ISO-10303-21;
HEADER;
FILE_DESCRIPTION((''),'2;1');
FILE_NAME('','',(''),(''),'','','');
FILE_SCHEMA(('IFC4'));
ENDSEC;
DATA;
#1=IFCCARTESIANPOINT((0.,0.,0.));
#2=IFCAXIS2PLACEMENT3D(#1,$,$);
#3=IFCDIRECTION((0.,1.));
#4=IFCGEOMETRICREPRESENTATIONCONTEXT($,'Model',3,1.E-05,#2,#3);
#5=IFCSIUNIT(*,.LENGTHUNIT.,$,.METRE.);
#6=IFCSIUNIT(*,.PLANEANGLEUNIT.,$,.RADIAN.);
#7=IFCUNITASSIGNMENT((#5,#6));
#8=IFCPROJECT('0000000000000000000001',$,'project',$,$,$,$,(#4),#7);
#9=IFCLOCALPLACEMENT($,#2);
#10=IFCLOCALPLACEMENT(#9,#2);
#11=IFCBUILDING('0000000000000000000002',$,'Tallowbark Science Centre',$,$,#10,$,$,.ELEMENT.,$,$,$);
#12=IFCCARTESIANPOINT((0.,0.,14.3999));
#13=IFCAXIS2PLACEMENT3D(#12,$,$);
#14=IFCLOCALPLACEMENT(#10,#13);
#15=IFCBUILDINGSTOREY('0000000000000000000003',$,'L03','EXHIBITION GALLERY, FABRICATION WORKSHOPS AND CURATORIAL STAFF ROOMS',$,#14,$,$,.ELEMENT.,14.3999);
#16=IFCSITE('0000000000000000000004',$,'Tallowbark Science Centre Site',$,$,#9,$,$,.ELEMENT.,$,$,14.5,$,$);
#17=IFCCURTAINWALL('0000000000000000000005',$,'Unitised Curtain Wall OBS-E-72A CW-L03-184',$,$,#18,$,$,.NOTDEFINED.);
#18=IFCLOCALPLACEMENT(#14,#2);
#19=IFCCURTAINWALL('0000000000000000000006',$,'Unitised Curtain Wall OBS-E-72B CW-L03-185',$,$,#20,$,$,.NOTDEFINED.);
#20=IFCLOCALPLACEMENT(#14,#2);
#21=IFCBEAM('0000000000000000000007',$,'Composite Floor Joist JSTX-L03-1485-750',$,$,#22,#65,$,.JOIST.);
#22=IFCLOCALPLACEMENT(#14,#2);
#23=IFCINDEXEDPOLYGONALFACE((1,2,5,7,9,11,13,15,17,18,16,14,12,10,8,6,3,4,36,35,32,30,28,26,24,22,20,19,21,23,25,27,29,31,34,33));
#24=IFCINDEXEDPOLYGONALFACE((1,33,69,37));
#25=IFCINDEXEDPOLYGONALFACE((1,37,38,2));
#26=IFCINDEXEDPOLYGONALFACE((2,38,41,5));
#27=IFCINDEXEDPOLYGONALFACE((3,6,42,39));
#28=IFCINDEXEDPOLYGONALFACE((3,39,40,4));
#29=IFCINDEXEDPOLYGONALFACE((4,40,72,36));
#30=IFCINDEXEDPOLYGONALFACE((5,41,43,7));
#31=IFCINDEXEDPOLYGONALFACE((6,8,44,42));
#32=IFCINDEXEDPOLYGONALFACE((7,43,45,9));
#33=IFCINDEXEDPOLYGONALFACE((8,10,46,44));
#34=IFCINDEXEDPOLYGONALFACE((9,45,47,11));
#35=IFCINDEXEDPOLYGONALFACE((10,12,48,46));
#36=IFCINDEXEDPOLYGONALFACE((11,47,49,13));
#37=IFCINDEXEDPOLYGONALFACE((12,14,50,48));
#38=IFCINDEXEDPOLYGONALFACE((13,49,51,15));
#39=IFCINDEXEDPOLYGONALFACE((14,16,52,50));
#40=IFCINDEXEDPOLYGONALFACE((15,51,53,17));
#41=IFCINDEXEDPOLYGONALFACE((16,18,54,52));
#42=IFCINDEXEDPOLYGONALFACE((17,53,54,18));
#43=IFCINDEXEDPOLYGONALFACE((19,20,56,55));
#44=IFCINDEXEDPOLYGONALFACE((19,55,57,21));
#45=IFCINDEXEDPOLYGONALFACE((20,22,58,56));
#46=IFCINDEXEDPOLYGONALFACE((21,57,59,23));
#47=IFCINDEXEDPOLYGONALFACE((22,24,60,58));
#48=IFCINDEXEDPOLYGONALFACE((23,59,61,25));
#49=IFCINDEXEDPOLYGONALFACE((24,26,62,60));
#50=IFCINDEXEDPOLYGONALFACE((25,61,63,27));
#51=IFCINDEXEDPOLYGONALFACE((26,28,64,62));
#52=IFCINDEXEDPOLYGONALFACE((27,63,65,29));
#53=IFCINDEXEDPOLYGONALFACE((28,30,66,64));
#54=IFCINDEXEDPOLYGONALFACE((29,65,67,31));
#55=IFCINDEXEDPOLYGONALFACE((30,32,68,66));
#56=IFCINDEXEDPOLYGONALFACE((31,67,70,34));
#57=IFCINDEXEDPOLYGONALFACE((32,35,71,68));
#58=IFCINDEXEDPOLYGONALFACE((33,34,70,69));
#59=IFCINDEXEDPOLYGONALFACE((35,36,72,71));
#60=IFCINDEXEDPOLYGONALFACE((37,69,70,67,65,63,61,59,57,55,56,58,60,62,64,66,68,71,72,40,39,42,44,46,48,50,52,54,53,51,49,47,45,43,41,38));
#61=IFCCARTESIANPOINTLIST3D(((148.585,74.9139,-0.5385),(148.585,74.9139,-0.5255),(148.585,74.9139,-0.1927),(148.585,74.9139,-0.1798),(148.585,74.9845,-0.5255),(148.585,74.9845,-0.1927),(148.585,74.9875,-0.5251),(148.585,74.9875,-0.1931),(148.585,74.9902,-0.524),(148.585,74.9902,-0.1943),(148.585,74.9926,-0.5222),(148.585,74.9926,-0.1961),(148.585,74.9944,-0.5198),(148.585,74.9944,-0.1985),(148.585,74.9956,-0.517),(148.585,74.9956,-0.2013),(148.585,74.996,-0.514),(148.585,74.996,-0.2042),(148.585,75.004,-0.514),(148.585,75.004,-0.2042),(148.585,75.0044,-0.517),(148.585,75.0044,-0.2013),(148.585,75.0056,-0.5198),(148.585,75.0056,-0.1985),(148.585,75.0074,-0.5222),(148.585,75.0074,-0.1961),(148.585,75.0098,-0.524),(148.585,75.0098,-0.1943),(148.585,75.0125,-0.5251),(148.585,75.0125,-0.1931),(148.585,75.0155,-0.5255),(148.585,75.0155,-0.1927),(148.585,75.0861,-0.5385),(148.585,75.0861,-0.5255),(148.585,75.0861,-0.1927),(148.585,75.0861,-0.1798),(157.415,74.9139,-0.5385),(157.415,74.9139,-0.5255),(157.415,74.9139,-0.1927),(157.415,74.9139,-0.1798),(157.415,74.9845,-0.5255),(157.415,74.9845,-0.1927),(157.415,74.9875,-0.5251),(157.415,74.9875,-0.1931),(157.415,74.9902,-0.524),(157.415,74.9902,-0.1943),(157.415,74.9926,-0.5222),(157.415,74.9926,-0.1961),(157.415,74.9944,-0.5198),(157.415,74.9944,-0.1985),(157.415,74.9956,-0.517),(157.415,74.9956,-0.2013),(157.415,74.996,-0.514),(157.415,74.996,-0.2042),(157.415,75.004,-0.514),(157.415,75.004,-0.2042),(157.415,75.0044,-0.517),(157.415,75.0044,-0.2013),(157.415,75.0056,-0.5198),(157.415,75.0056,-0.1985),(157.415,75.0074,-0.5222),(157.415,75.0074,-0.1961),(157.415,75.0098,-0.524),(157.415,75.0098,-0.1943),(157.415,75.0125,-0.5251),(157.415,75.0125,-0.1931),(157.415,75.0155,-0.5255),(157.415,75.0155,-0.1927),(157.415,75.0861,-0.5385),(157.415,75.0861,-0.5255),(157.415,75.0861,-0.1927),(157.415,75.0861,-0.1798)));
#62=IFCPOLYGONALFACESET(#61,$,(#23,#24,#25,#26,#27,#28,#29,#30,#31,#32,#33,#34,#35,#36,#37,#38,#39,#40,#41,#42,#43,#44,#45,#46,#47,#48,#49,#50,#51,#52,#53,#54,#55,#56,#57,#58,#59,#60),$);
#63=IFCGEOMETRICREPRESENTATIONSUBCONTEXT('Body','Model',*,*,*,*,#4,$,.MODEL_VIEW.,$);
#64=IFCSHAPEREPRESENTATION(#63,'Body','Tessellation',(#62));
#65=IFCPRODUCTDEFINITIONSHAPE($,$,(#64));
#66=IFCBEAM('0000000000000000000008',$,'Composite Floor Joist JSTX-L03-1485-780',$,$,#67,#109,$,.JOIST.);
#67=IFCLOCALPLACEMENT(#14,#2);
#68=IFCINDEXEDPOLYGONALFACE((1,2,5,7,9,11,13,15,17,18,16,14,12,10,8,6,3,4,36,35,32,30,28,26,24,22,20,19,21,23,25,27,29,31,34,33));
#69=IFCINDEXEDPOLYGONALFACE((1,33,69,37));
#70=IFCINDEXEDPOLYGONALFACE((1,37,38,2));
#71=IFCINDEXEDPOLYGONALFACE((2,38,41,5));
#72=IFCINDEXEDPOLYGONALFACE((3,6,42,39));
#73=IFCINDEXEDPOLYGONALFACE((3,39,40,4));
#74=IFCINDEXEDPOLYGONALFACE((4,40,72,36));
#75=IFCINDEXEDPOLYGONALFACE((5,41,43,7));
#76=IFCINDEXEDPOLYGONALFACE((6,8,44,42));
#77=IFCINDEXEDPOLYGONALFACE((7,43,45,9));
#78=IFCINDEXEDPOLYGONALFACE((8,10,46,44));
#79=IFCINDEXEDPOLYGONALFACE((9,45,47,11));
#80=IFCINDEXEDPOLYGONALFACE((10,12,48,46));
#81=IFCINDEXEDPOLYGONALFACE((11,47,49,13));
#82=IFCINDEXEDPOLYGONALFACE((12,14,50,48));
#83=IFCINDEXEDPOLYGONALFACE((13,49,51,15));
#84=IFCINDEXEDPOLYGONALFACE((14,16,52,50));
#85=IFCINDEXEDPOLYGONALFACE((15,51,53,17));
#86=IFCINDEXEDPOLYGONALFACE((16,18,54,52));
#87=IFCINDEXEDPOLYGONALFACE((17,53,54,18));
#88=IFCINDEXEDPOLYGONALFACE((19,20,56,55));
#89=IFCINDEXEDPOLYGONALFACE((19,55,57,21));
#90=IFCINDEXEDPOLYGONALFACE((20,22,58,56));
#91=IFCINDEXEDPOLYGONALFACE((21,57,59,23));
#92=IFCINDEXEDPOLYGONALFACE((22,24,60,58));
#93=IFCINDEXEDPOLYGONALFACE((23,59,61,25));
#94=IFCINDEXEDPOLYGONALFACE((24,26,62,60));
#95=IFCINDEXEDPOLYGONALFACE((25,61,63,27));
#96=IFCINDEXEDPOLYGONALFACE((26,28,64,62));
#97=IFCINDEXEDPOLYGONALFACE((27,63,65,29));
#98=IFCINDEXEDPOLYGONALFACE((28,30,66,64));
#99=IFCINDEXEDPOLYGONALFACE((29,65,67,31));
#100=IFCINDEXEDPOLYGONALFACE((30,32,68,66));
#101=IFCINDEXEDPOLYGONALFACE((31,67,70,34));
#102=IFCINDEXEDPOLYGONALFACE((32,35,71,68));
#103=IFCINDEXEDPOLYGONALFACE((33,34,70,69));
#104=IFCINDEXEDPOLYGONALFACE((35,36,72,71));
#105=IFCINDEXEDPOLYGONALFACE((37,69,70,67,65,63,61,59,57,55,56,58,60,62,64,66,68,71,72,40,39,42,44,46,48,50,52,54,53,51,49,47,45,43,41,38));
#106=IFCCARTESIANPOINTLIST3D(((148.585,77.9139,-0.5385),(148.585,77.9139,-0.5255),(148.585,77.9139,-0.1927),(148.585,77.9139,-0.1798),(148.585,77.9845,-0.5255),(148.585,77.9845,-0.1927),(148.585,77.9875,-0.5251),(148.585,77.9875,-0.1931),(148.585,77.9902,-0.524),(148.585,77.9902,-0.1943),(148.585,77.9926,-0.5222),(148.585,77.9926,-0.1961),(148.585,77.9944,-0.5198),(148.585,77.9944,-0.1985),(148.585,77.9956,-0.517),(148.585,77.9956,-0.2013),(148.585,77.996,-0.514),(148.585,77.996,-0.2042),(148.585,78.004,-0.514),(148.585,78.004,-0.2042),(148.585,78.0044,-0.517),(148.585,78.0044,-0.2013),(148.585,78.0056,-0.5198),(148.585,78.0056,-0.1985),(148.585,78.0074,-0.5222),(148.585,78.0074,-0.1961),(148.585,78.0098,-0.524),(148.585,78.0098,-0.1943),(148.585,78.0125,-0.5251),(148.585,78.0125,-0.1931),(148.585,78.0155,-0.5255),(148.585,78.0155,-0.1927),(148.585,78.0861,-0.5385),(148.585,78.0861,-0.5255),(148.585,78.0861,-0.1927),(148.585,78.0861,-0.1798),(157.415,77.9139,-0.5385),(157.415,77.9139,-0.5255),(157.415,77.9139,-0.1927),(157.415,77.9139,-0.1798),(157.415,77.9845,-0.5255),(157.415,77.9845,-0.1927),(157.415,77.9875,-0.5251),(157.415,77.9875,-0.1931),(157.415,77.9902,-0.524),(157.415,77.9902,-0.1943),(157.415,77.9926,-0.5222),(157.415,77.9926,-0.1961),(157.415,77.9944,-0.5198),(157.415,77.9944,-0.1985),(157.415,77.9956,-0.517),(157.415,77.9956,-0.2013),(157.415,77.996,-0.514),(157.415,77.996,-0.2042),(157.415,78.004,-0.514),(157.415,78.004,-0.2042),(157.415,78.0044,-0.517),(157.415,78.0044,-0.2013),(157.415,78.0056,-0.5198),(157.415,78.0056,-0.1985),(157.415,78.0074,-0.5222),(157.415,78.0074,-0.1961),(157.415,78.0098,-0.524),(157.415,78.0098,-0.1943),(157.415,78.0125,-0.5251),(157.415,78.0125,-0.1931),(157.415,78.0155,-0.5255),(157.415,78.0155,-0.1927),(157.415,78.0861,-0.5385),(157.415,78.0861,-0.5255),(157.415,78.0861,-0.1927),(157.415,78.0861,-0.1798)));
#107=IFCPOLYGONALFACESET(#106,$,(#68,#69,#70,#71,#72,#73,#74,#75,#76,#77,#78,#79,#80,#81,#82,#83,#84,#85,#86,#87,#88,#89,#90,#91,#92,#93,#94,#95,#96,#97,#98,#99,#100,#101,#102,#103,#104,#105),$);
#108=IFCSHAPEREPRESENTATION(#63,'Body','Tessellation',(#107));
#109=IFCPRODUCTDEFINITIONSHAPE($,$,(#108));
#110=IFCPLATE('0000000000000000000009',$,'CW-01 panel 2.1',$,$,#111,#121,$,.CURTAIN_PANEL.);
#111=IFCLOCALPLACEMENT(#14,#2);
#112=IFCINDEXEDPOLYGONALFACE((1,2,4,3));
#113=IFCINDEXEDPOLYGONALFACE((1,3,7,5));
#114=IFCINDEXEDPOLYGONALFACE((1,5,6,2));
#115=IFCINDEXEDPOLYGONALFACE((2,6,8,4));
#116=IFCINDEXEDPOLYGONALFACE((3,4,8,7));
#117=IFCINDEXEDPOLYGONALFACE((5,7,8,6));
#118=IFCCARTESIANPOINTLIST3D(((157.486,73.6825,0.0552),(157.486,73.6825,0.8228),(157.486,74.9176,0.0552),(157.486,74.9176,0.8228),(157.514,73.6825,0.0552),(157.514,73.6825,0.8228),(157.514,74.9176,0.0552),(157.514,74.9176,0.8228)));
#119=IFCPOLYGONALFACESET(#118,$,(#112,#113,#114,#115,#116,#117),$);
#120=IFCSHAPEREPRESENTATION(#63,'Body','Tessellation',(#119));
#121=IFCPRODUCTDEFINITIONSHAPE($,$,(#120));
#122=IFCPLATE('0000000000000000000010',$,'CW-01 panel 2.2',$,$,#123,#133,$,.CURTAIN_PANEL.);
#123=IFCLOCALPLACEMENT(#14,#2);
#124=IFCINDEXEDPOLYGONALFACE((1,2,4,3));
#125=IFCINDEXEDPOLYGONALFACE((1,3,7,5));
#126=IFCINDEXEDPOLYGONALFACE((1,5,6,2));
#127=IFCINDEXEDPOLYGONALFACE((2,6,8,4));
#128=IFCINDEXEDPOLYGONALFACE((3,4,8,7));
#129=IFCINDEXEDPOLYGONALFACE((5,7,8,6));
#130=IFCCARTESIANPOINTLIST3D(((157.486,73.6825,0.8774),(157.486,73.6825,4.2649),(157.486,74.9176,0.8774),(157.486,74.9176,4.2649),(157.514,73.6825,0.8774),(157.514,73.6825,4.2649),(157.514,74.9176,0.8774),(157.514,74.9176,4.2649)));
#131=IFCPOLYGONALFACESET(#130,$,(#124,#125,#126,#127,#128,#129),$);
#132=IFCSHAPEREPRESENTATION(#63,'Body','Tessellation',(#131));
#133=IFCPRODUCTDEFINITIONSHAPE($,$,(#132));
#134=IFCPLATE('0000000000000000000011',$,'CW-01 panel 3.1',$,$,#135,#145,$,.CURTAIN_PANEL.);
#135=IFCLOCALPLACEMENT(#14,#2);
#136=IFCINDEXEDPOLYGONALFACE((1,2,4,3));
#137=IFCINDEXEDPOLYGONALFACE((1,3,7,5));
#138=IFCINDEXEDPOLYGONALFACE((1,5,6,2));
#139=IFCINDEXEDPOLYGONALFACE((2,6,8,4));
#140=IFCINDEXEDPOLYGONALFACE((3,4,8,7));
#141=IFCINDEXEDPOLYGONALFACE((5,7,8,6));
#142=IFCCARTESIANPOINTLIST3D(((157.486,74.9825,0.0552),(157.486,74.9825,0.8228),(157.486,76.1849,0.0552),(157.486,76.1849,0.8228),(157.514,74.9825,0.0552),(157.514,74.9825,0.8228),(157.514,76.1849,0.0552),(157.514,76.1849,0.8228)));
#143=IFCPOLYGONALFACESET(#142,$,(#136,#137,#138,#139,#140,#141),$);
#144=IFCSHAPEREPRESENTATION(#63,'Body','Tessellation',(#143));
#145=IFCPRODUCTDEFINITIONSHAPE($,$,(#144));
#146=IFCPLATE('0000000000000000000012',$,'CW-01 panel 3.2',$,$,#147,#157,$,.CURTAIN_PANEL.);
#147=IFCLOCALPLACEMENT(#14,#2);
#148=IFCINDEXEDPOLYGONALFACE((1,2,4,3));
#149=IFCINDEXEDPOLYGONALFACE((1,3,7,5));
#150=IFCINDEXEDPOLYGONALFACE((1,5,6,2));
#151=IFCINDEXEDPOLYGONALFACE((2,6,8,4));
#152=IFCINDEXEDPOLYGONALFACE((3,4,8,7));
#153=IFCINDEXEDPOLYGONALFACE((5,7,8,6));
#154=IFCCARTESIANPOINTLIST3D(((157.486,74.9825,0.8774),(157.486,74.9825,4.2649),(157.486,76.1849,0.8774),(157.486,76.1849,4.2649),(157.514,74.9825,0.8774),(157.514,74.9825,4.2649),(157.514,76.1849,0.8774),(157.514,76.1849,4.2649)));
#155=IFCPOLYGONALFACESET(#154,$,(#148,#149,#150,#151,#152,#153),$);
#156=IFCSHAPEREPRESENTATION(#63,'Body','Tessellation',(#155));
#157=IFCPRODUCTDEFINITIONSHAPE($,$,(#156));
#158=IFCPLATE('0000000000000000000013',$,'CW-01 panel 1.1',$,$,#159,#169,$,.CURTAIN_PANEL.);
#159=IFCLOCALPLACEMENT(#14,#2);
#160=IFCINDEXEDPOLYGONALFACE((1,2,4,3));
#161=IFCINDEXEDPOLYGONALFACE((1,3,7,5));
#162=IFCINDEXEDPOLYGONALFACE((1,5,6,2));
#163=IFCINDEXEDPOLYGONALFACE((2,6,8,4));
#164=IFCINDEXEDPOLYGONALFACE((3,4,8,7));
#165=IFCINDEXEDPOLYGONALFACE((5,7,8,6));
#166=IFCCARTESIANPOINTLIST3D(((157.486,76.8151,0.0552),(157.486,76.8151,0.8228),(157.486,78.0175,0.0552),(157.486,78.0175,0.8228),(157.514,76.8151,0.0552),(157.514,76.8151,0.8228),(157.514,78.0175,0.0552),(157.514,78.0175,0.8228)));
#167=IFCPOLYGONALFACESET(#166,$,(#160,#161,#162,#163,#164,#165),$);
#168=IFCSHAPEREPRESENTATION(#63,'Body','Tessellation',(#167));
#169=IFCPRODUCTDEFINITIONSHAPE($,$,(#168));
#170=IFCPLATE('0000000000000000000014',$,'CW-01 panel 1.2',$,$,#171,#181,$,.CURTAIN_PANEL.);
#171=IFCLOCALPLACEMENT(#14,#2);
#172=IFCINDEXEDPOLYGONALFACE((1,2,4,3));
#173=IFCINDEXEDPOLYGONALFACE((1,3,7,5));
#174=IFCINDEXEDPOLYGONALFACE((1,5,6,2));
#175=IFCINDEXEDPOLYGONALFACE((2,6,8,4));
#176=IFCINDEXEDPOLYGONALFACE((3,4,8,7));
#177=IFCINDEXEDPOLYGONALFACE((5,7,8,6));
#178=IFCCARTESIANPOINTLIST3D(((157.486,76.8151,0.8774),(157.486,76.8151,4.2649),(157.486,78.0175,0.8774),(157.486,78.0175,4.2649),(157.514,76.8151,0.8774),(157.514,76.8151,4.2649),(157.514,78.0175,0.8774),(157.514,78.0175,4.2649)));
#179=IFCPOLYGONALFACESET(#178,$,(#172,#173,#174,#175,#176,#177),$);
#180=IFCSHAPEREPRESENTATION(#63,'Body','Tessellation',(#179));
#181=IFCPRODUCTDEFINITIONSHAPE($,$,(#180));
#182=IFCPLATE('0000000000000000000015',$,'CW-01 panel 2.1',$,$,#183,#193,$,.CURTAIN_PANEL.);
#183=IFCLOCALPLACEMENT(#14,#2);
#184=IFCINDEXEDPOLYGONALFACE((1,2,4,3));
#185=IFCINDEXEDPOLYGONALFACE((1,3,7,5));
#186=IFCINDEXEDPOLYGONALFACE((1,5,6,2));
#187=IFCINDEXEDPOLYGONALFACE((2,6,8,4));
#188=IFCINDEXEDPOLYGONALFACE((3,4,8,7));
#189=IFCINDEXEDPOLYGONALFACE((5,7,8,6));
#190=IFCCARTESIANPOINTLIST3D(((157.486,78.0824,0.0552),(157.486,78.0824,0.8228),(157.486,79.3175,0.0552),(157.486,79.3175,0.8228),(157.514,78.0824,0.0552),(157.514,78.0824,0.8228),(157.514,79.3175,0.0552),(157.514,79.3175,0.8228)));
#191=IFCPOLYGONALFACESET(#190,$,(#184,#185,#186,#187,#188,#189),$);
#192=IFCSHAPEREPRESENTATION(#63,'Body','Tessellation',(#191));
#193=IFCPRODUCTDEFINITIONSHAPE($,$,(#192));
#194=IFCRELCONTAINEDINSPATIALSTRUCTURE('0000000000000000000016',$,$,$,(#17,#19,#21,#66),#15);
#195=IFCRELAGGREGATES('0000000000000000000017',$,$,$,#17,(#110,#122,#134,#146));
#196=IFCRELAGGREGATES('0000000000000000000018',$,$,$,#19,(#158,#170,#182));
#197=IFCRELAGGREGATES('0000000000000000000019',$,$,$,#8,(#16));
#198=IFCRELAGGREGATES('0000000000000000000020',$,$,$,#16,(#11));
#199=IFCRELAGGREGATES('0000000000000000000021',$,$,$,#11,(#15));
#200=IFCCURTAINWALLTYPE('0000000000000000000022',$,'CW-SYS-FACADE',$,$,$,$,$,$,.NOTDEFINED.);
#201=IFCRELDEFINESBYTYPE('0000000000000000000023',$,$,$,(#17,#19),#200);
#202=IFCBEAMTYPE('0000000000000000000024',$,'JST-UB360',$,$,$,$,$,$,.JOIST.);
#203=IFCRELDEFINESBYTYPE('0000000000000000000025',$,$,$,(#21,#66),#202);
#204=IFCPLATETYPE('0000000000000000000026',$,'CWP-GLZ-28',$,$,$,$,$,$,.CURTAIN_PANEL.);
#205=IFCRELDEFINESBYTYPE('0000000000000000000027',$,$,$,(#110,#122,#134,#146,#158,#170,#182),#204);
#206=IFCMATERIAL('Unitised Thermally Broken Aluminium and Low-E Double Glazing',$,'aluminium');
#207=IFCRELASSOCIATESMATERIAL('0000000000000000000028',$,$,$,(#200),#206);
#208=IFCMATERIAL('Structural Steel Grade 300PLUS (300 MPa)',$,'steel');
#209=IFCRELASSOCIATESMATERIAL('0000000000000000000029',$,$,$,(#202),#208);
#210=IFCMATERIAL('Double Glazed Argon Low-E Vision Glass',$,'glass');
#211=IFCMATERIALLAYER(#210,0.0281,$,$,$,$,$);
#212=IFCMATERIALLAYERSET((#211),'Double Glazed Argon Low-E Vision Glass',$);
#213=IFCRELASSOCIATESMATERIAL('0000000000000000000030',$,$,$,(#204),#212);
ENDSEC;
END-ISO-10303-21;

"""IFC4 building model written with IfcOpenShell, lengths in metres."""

from ifc_helpers import new_model, si_unit, direction, frame, origin, origin_2d, place, context, subcontext, project, spatial, rectangle, i_section, extrude, material, layer, layer_set, material_profile, profile_set, type_object, element, aggregate, save


model = new_model("IFC4")

# Units and contexts
model_context = context("Model", 3, precision=1e-05, world=origin(), true_north=direction((0.0, 1.0)))
body_context = subcontext(model_context, "Body", "Model", "MODEL_VIEW")
ifc_project = project(units=[si_unit("LENGTHUNIT", "METRE"), si_unit("PLANEANGLEUNIT", "RADIAN")], contexts=[model_context])

# Site, building, storey
site_placement = place(None, origin())
site = spatial("IfcSite", under=ifc_project, at=site_placement, Name="Tallowbark Science Centre Site", CompositionType="ELEMENT", RefElevation=14.5)
building_placement = place(site_placement, origin())
building = spatial("IfcBuilding", under=site, at=building_placement, Name="Tallowbark Science Centre", CompositionType="ELEMENT")
storey_placement = place(building_placement, frame((0.0, 0.0, 14.3999)))
storey = spatial("IfcBuildingStorey", under=building, at=storey_placement, Name="L03", Description="EXHIBITION GALLERY, FABRICATION WORKSHOPS AND CURATORIAL STAFF ROOMS", CompositionType="ELEMENT", Elevation=14.3999)

# Curtain walls
ifc_material_1 = material(Name="Unitised Thermally Broken Aluminium and Low-E Double Glazing", Category="aluminium")
curtain_wall_type = type_object("IfcCurtainWallType", Name="CW-SYS-FACADE", PredefinedType="NOTDEFINED", material=ifc_material_1)
curtain_wall_1_placement = place(storey_placement, origin())
curtain_wall_1 = element("IfcCurtainWall", 1, at=curtain_wall_1_placement, inside=storey, type_object=curtain_wall_type, Name="Unitised Curtain Wall OBS-E-72A CW-L03-184", PredefinedType="NOTDEFINED")
curtain_wall_2_placement = place(storey_placement, origin())
curtain_wall_2 = element("IfcCurtainWall", 2, at=curtain_wall_2_placement, inside=storey, type_object=curtain_wall_type, Name="Unitised Curtain Wall OBS-E-72B CW-L03-185", PredefinedType="NOTDEFINED")

# Beams
ifc_material_2 = material(Name="Structural Steel Grade 300PLUS (300 MPa)", Category="steel")
ifc_material_profile_1 = material_profile(ifc_material_2, i_section(OverallWidth=0.1721, OverallDepth=0.3586, WebThickness=0.0081, FlangeThickness=0.0129, FilletRadius=0.0115, at=origin_2d()), Name="360UB56.7")
ifc_profile_set_1 = profile_set([ifc_material_profile_1], Name="Structural Steel Grade 300PLUS (300 MPa)")
beam_type = type_object("IfcBeamType", Name="JST-UB360", PredefinedType="JOIST", material=ifc_profile_set_1)
for number, where, z_axis, x_axis, name in (
    (3, (148.585, 75.0, -0.3591), (1.0, 0.0, 0.0), (0.0, 1.0, 0.0), "Composite Floor Joist JSTX-L03-1485-750"),
    (4, (148.585, 78.0, -0.3591), (1.0, 0.0, 0.0), (0.0, 1.0, 0.0), "Composite Floor Joist JSTX-L03-1485-780"),
):
    element("IfcBeam", number, at=place(storey_placement, frame(where, z_axis=z_axis, x_axis=x_axis)), inside=storey, type_object=beam_type, Name=name, PredefinedType="JOIST", context=body_context, shape_type="SweptSolid", body=[
        extrude(i_section(OverallWidth=0.1721, OverallDepth=0.3586, WebThickness=0.0081, FlangeThickness=0.0129, FilletRadius=0.0115, at=origin_2d()), origin(), (0.0, 0.0, 1.0), 8.8301),
    ])

# Plates
ifc_material_3 = material(Name="Double Glazed Argon Low-E Vision Glass", Category="glass")
ifc_layer_1 = layer(ifc_material_3, 0.0281)
ifc_layer_set_1 = layer_set([ifc_layer_1], Name="Double Glazed Argon Low-E Vision Glass")
plate_type = type_object("IfcPlateType", Name="CWP-GLZ-28", PredefinedType="CURTAIN_PANEL", material=ifc_layer_set_1)
plate_1_placement = place(storey_placement, frame((157.5, 74.3, 0.0552), z_axis=(0.0, 0.0, 1.0), x_axis=(0.0, 1.0, 0.0)))
plate_1 = element("IfcPlate", 5, at=plate_1_placement, type_object=plate_type, Name="CW-01 panel 2.1", PredefinedType="CURTAIN_PANEL", context=body_context, shape_type="SweptSolid", body=[
    extrude(rectangle(XDim=1.2351, YDim=0.0281, at=origin_2d()), origin(), (0.0, 0.0, 1.0), 0.7676),
])
plate_2_placement = place(storey_placement, frame((157.5, 74.3, 0.8774), z_axis=(0.0, 0.0, 1.0), x_axis=(0.0, 1.0, 0.0)))
plate_2 = element("IfcPlate", 6, at=plate_2_placement, type_object=plate_type, Name="CW-01 panel 2.2", PredefinedType="CURTAIN_PANEL", context=body_context, shape_type="SweptSolid", body=[
    extrude(rectangle(XDim=1.2351, YDim=0.0281, at=origin_2d()), origin(), (0.0, 0.0, 1.0), 3.3875),
])
plate_3_placement = place(storey_placement, frame((157.5, 75.5837, 0.0552), z_axis=(0.0, 0.0, 1.0), x_axis=(0.0, 1.0, 0.0)))
plate_3 = element("IfcPlate", 7, at=plate_3_placement, type_object=plate_type, Name="CW-01 panel 3.1", PredefinedType="CURTAIN_PANEL", context=body_context, shape_type="SweptSolid", body=[
    extrude(rectangle(XDim=1.2024, YDim=0.0281, at=origin_2d()), origin(), (0.0, 0.0, 1.0), 0.7676),
])
plate_4_placement = place(storey_placement, frame((157.5, 75.5837, 0.8774), z_axis=(0.0, 0.0, 1.0), x_axis=(0.0, 1.0, 0.0)))
plate_4 = element("IfcPlate", 8, at=plate_4_placement, type_object=plate_type, Name="CW-01 panel 3.2", PredefinedType="CURTAIN_PANEL", context=body_context, shape_type="SweptSolid", body=[
    extrude(rectangle(XDim=1.2024, YDim=0.0281, at=origin_2d()), origin(), (0.0, 0.0, 1.0), 3.3875),
])
aggregate(curtain_wall_1, [plate_1, plate_2, plate_3, plate_4])
plate_5_placement = place(storey_placement, frame((157.5, 77.4163, 0.0552), z_axis=(0.0, 0.0, 1.0), x_axis=(0.0, 1.0, 0.0)))
plate_5 = element("IfcPlate", 9, at=plate_5_placement, type_object=plate_type, Name="CW-01 panel 1.1", PredefinedType="CURTAIN_PANEL", context=body_context, shape_type="SweptSolid", body=[
    extrude(rectangle(XDim=1.2024, YDim=0.0281, at=origin_2d()), origin(), (0.0, 0.0, 1.0), 0.7676),
])
plate_6_placement = place(storey_placement, frame((157.5, 77.4163, 0.8774), z_axis=(0.0, 0.0, 1.0), x_axis=(0.0, 1.0, 0.0)))
plate_6 = element("IfcPlate", 10, at=plate_6_placement, type_object=plate_type, Name="CW-01 panel 1.2", PredefinedType="CURTAIN_PANEL", context=body_context, shape_type="SweptSolid", body=[
    extrude(rectangle(XDim=1.2024, YDim=0.0281, at=origin_2d()), origin(), (0.0, 0.0, 1.0), 3.3875),
])
plate_7_placement = place(storey_placement, frame((157.5, 78.7, 0.0552), z_axis=(0.0, 0.0, 1.0), x_axis=(0.0, 1.0, 0.0)))
plate_7 = element("IfcPlate", 11, at=plate_7_placement, type_object=plate_type, Name="CW-01 panel 2.1", PredefinedType="CURTAIN_PANEL", context=body_context, shape_type="SweptSolid", body=[
    extrude(rectangle(XDim=1.2351, YDim=0.0281, at=origin_2d()), origin(), (0.0, 0.0, 1.0), 0.7676),
])
aggregate(curtain_wall_2, [plate_5, plate_6, plate_7])

save(model, "model.ifc")
